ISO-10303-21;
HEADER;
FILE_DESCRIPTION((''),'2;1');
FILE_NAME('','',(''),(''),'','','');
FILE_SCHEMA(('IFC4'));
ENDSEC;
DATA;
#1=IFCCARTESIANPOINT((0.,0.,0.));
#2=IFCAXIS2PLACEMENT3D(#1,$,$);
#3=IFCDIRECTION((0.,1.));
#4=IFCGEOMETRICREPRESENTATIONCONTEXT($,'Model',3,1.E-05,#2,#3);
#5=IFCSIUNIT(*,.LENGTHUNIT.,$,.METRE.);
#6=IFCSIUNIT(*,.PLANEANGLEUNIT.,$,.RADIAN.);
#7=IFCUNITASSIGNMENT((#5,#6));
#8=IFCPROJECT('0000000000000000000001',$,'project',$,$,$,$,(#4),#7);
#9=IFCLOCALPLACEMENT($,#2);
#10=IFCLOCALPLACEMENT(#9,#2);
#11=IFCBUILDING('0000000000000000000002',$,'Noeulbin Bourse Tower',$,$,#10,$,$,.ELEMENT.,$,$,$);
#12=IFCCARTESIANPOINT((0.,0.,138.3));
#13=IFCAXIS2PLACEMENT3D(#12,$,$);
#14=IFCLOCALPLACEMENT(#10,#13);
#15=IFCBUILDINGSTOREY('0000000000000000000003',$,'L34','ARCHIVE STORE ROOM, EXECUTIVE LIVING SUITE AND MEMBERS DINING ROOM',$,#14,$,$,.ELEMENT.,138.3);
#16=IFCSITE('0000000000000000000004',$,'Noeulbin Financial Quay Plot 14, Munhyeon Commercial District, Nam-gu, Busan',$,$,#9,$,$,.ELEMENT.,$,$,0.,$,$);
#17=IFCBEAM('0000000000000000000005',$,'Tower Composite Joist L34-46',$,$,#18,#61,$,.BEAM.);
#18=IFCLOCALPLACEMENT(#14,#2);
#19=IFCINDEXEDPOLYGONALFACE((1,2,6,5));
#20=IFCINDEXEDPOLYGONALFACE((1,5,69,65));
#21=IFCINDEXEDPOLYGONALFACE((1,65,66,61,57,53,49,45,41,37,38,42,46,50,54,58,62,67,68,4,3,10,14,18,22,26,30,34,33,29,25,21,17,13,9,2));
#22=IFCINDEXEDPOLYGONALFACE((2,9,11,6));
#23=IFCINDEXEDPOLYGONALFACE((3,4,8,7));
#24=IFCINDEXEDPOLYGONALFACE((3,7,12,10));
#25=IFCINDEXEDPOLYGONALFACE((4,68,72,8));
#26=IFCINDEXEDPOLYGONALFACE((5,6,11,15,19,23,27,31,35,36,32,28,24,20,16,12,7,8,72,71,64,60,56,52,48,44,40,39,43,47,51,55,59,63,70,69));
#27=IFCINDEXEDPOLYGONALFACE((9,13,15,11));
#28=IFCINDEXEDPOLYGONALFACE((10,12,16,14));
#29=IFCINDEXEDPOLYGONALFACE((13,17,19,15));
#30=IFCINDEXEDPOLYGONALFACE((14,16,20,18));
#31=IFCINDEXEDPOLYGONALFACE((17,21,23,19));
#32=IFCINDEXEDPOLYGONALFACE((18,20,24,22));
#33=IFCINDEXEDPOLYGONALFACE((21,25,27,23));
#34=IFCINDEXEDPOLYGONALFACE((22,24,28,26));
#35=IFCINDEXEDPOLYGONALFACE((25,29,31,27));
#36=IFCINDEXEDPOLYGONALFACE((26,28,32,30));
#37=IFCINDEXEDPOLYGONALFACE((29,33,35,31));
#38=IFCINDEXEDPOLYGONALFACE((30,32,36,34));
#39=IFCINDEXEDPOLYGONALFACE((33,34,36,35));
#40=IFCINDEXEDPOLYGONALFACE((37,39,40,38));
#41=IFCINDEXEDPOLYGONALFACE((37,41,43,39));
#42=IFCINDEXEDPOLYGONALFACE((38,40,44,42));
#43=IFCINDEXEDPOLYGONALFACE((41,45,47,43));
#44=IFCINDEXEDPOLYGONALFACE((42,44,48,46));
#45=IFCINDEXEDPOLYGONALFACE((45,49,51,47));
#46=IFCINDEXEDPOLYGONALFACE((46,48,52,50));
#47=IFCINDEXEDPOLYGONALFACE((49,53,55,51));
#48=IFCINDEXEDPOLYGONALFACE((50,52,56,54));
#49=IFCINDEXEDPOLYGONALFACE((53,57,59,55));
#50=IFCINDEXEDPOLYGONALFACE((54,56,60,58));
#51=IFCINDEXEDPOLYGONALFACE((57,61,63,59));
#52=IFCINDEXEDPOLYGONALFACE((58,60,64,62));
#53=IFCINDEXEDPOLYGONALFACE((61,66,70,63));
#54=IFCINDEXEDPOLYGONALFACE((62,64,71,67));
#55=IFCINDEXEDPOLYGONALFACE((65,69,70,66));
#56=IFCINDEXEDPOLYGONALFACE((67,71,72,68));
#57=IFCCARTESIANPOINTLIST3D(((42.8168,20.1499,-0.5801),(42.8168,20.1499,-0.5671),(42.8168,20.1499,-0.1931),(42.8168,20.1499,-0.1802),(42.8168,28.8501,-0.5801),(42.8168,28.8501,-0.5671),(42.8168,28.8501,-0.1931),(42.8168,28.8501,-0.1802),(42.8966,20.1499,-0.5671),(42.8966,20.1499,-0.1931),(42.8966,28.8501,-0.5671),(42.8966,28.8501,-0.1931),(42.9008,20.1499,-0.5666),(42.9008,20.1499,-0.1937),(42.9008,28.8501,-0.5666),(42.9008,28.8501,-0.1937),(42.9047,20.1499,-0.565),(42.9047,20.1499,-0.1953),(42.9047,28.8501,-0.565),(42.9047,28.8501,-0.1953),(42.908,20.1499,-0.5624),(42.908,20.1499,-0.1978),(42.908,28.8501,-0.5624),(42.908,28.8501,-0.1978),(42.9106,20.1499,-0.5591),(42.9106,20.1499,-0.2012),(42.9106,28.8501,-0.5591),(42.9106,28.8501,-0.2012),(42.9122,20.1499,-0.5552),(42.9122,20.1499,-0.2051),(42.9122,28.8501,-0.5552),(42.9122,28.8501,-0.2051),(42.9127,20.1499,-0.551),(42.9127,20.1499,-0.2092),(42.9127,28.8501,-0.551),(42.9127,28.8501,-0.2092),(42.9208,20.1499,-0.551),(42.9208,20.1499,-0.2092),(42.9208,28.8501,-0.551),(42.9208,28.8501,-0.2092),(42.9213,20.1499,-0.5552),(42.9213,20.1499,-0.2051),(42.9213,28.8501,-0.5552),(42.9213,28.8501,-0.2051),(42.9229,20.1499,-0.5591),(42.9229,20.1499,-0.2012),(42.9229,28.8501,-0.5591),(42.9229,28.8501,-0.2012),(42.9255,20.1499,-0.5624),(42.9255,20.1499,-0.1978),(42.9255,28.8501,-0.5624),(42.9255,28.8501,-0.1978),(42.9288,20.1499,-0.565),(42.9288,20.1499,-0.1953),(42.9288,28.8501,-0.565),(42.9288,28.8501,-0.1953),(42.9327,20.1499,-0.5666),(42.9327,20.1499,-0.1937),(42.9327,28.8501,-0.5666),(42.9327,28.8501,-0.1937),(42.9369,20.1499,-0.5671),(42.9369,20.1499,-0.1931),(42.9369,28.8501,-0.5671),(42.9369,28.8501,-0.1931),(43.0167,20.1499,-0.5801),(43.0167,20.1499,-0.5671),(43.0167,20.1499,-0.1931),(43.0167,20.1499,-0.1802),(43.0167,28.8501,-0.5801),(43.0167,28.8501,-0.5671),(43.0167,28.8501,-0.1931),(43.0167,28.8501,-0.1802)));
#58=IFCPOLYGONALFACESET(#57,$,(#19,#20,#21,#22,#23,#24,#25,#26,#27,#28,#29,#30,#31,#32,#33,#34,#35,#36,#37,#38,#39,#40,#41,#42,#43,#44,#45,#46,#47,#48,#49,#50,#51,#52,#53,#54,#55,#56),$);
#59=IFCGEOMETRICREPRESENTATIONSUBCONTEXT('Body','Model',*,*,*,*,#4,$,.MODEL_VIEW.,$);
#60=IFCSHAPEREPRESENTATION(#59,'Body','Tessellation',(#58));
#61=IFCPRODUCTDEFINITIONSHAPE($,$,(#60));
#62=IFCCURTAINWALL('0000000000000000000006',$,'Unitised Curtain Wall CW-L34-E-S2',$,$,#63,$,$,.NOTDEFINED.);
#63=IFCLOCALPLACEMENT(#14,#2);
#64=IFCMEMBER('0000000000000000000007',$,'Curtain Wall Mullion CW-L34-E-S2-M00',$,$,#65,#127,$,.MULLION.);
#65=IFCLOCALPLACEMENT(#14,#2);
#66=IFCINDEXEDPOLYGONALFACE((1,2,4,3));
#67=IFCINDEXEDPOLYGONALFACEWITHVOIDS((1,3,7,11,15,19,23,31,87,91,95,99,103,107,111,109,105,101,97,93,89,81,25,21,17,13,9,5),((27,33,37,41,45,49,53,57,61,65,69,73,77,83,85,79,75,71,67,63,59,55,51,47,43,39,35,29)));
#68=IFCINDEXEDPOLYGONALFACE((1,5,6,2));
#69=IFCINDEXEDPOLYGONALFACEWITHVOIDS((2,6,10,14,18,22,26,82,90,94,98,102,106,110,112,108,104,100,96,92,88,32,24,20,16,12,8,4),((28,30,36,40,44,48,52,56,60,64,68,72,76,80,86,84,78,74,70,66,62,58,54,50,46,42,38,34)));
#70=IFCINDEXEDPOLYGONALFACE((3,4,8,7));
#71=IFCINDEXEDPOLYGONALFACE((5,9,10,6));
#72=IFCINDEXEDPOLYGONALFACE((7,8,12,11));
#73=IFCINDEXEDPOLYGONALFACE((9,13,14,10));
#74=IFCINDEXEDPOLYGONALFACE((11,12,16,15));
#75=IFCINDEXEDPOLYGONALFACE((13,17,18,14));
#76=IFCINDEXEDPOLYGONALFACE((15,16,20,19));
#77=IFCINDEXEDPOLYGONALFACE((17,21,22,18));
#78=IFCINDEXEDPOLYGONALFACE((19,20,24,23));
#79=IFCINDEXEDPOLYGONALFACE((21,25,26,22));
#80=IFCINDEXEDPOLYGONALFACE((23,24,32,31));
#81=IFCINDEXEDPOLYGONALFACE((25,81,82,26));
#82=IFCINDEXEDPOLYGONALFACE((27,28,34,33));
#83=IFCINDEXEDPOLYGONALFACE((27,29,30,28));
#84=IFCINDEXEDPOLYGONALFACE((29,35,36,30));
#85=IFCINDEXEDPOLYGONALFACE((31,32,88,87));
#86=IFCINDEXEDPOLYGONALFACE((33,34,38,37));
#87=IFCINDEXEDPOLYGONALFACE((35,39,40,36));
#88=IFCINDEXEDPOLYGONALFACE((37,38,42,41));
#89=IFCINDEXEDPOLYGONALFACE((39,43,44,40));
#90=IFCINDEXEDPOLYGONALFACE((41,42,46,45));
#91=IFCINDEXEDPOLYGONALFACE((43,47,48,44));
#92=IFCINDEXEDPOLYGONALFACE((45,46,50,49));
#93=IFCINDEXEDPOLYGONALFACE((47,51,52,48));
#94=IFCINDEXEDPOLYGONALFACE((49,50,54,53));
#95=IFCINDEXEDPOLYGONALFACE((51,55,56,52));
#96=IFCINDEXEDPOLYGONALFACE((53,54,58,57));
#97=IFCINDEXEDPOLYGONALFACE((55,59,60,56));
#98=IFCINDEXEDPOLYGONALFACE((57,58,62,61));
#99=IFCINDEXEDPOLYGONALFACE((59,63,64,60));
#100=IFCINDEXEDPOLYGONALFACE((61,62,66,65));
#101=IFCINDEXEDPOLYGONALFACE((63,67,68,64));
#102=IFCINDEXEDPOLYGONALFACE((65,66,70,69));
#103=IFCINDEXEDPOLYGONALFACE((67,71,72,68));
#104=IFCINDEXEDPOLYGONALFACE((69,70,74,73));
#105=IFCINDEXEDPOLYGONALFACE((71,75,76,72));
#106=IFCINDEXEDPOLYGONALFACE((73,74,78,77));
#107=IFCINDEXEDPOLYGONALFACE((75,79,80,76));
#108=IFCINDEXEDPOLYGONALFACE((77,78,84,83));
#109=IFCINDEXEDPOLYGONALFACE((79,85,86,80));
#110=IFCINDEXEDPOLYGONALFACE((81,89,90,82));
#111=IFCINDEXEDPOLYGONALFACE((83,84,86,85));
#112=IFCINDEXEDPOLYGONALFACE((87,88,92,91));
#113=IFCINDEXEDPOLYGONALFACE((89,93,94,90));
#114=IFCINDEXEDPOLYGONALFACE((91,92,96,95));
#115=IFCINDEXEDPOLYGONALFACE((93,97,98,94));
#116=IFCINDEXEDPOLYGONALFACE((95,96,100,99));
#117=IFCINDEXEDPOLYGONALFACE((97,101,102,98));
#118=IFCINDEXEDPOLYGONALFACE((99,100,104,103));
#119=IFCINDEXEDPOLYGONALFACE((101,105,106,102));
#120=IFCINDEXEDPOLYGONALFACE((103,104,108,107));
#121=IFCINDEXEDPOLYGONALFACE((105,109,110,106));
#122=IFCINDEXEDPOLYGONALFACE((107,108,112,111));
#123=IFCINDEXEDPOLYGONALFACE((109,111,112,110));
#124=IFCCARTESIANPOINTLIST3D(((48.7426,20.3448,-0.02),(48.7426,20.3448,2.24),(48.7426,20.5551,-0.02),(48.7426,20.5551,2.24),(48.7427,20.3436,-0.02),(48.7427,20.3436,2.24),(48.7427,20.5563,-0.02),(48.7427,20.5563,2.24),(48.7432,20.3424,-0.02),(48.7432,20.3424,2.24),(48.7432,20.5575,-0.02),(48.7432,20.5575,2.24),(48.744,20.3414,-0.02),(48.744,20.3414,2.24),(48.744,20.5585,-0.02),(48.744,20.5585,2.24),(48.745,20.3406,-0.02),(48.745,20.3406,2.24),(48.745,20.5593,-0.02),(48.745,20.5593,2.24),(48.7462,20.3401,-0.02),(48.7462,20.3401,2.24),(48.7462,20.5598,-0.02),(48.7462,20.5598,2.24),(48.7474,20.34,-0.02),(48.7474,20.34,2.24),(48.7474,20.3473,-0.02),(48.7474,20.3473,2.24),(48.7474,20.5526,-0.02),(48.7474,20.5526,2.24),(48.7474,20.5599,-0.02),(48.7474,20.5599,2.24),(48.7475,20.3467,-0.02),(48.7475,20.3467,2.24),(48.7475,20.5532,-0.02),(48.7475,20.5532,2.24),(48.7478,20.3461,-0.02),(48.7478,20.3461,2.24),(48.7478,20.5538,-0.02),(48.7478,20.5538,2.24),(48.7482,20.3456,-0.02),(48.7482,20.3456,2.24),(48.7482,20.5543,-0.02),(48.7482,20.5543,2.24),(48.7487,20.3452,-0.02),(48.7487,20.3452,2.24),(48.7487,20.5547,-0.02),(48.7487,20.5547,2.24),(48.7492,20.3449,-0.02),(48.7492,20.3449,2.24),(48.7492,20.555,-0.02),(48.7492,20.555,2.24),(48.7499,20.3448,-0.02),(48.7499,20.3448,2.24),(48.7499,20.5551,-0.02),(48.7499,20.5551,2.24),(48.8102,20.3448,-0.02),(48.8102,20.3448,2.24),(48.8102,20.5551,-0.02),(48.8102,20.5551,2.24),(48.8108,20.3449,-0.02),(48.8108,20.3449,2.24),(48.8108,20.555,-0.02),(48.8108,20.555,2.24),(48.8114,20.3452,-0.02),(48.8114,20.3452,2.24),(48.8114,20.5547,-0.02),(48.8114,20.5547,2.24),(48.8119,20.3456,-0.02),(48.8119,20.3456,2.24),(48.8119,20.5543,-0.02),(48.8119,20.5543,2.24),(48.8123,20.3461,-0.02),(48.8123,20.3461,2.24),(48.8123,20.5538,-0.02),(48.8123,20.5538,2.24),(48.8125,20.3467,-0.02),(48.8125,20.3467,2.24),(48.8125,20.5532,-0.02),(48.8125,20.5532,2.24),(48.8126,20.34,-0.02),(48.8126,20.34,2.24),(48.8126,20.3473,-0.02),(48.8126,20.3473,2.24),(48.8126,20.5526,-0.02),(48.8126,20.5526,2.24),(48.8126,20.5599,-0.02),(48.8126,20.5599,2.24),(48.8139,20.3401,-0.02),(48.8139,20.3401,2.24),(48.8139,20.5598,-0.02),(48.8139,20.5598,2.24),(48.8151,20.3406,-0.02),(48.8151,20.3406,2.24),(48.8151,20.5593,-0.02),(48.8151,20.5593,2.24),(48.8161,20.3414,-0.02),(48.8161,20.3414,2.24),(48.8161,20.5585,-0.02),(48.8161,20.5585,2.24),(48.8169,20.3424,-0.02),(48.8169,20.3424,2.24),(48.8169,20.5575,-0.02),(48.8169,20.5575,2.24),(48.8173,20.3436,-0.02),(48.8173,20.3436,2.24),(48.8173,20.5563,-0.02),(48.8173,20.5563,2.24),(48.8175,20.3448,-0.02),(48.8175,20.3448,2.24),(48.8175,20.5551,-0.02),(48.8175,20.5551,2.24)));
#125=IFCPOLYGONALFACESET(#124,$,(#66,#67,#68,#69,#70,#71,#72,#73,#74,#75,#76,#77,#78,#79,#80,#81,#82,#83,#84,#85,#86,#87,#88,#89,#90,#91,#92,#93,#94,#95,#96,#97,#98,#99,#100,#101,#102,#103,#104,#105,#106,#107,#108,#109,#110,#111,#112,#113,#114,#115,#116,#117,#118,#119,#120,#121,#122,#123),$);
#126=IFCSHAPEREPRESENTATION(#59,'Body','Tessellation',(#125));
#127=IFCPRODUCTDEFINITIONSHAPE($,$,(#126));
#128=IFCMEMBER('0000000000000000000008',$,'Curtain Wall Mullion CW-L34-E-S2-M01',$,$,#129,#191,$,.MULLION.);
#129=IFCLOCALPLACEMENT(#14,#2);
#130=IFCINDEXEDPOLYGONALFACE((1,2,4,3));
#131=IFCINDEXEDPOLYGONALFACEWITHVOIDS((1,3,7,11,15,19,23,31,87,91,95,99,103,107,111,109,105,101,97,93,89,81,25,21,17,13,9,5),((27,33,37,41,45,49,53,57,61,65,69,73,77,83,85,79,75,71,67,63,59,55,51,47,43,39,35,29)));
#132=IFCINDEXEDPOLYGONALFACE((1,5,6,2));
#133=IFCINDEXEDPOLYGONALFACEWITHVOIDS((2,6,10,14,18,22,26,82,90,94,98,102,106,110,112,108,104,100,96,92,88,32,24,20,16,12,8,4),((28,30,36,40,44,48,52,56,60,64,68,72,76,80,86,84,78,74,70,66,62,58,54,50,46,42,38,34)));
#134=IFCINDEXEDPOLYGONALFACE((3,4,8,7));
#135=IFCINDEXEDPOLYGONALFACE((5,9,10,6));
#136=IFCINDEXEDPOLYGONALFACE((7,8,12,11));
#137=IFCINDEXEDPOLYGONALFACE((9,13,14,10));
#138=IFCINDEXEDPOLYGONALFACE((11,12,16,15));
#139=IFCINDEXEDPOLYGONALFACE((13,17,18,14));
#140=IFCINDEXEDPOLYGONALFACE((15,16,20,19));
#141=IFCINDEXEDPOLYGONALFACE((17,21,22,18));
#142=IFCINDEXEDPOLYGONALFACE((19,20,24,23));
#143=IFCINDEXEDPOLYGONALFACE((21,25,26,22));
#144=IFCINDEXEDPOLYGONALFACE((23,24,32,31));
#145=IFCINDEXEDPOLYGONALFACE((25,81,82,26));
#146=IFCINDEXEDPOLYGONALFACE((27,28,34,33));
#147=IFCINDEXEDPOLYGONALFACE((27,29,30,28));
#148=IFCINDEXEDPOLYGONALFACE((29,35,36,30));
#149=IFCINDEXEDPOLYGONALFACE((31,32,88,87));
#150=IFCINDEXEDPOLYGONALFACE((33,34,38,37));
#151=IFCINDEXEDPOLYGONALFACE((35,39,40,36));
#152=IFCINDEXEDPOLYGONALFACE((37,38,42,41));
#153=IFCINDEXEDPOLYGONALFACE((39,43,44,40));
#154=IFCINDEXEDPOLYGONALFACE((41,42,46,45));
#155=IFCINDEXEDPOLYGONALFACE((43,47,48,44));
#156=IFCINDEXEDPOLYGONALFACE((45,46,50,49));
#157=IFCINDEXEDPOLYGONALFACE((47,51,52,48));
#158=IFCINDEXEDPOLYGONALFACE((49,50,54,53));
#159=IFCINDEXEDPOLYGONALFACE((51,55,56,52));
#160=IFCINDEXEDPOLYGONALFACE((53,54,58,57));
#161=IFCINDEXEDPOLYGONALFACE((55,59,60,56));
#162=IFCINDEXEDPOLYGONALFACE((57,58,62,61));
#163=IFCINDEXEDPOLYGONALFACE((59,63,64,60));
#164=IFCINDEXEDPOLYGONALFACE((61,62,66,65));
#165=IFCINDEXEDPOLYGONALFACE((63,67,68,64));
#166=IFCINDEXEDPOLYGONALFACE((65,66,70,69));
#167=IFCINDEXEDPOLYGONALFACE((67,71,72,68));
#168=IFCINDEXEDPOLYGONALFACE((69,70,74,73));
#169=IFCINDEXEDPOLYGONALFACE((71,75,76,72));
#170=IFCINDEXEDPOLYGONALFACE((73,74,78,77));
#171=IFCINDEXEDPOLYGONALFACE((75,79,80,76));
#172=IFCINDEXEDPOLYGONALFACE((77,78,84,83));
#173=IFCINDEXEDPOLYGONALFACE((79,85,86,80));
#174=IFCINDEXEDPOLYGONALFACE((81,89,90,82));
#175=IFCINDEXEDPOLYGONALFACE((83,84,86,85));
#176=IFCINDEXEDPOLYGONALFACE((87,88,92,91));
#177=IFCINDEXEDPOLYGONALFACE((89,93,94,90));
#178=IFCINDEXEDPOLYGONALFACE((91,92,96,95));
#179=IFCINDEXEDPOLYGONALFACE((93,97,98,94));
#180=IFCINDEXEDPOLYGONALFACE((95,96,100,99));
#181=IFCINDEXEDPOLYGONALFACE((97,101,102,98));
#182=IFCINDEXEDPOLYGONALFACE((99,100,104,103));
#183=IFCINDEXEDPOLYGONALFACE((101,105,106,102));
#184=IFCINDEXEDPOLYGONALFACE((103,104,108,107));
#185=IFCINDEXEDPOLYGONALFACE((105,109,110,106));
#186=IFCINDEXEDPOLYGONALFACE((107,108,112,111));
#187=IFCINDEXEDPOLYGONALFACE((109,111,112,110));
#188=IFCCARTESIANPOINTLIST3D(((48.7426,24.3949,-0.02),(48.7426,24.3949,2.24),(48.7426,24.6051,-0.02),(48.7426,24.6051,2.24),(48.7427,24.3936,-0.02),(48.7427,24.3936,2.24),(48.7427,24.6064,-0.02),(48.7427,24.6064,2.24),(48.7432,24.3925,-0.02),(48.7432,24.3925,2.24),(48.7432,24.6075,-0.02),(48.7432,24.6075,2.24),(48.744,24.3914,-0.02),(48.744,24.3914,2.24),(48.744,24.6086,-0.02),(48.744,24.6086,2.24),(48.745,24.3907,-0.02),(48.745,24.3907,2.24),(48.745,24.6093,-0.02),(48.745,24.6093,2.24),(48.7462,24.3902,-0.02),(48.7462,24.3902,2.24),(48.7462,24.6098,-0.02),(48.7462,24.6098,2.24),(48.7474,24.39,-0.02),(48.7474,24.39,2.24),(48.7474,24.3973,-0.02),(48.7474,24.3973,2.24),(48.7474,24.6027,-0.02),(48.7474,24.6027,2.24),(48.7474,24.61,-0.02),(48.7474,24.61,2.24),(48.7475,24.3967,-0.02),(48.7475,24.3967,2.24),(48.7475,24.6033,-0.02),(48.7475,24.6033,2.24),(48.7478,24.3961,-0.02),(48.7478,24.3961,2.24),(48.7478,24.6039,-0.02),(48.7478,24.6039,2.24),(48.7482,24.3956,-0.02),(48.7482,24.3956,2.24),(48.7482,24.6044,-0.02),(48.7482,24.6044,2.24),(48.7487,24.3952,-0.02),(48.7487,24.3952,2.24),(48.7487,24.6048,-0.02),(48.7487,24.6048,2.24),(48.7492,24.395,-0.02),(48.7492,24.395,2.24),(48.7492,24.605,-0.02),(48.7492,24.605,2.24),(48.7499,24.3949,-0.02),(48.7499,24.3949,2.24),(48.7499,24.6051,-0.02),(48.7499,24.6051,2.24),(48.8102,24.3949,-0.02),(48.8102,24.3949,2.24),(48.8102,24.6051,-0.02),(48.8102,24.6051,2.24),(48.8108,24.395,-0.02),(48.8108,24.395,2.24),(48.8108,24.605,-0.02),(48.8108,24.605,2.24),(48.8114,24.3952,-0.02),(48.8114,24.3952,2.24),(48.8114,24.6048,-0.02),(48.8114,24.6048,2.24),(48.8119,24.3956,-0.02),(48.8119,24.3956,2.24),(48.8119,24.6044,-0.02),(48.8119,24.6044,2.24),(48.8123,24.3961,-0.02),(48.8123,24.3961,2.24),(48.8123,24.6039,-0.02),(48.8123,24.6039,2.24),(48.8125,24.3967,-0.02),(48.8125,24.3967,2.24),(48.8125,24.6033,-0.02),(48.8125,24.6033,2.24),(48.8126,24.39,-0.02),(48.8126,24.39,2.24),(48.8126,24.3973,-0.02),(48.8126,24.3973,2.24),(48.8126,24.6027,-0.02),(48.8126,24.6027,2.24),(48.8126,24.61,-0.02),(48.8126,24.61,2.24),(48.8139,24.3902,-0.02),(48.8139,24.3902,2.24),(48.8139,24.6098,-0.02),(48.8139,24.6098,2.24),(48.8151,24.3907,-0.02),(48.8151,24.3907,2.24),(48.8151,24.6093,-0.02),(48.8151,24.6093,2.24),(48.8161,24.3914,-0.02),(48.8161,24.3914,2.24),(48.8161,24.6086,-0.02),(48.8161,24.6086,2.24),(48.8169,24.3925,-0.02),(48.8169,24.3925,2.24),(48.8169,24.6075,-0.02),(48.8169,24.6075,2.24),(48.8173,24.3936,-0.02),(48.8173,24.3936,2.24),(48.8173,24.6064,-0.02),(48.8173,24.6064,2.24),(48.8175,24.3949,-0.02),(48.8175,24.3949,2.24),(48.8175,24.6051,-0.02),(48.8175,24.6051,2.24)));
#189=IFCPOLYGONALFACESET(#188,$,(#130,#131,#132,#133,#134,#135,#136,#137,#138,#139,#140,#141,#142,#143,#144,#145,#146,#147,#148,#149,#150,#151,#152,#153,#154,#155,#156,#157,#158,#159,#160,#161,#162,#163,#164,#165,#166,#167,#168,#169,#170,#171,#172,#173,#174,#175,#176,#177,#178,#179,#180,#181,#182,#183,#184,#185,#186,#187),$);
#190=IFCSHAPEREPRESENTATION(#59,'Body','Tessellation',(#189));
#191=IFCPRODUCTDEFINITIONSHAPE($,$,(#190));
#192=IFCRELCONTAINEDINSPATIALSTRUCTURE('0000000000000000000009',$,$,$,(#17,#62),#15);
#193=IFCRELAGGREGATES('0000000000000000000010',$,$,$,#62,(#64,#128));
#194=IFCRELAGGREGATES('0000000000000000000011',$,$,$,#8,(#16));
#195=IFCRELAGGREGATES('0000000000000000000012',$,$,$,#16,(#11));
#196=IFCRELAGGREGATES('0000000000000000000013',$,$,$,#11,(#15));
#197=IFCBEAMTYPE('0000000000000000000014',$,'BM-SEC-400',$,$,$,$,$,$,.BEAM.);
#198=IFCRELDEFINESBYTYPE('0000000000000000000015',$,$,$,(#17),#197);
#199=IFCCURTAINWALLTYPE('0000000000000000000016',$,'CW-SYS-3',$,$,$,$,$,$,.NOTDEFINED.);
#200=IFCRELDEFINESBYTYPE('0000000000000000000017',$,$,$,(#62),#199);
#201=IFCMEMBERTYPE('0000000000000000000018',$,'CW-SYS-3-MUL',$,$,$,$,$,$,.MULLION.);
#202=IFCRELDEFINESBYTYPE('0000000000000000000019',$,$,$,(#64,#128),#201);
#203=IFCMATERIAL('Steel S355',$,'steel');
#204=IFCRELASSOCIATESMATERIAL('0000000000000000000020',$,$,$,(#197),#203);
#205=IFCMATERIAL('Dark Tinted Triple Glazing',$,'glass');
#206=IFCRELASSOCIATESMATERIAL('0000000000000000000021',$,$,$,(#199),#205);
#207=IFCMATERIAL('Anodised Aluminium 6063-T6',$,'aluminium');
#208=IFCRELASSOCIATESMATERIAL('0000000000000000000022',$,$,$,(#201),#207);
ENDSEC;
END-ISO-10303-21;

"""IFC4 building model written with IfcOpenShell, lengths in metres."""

from ifc_helpers import new_model, si_unit, direction, frame, origin, origin_2d, place, context, subcontext, project, spatial, hollow_rectangle, i_section, extrude, material, material_profile, profile_set, type_object, element, aggregate, save


model = new_model("IFC4")

# Units and contexts
model_context = context("Model", 3, precision=1e-05, world=origin(), true_north=direction((0.0, 1.0)))
body_context = subcontext(model_context, "Body", "Model", "MODEL_VIEW")
ifc_project = project(units=[si_unit("LENGTHUNIT", "METRE"), si_unit("PLANEANGLEUNIT", "RADIAN")], contexts=[model_context])

# Site, building, storey
site_placement = place(None, origin())
site = spatial("IfcSite", under=ifc_project, at=site_placement, Name="Noeulbin Financial Quay Plot 14, Munhyeon Commercial District, Nam-gu, Busan", CompositionType="ELEMENT", RefElevation=0.0)
building_placement = place(site_placement, origin())
building = spatial("IfcBuilding", under=site, at=building_placement, Name="Noeulbin Bourse Tower", CompositionType="ELEMENT")
storey_placement = place(building_placement, frame((0.0, 0.0, 138.3)))
storey = spatial("IfcBuildingStorey", under=building, at=storey_placement, Name="L34", Description="ARCHIVE STORE ROOM, EXECUTIVE LIVING SUITE AND MEMBERS DINING ROOM", CompositionType="ELEMENT", Elevation=138.3)

# Shared definitions
ifc_material_1 = material(Name="Steel S355", Category="steel")

# Beam
ifc_material_profile_1 = material_profile(ifc_material_1, i_section(OverallWidth=0.2, OverallDepth=0.3999, WebThickness=0.0081, FlangeThickness=0.0129, FilletRadius=0.0161, at=origin_2d()), Name="H-400x200x8x13", Category="LoadBearing")
ifc_profile_set_1 = profile_set([ifc_material_profile_1], Name="Steel S355")
beam_type_1 = type_object("IfcBeamType", Name="BM-SEC-400", PredefinedType="BEAM", material=ifc_profile_set_1)
beam_1_placement = place(storey_placement, frame((42.9167, 20.1499, -0.3801), z_axis=(0.0, 1.0, 0.0), x_axis=(-1.0, 0.0, 0.0)))
element("IfcBeam", 1, at=beam_1_placement, inside=storey, type_object=beam_type_1, Name="Tower Composite Joist L34-46", PredefinedType="BEAM", context=body_context, shape_type="SweptSolid", body=[
    extrude(i_section(OverallWidth=0.2, OverallDepth=0.3999, WebThickness=0.0081, FlangeThickness=0.0129, FilletRadius=0.0161, at=origin_2d()), origin(), (0.0, 0.0, 1.0), 8.7002),
])

# Curtain wall, members
ifc_material_2 = material(Name="Dark Tinted Triple Glazing", Category="glass")
curtain_wall_type = type_object("IfcCurtainWallType", Name="CW-SYS-3", PredefinedType="NOTDEFINED", material=ifc_material_2)
curtain_wall_1_placement = place(storey_placement, origin())
curtain_wall_1 = element("IfcCurtainWall", 2, at=curtain_wall_1_placement, inside=storey, type_object=curtain_wall_type, Name="Unitised Curtain Wall CW-L34-E-S2", PredefinedType="NOTDEFINED")
ifc_material_3 = material(Name="Anodised Aluminium 6063-T6", Category="aluminium")
ifc_material_profile_2 = material_profile(ifc_material_3, hollow_rectangle(XDim=0.075, YDim=0.22, WallThickness=0.0049, InnerFilletRadius=0.0024, OuterFilletRadius=0.0049, at=origin_2d()), Name="ALU-MULL-75x220x5", Category="LoadBearing")
ifc_profile_set_2 = profile_set([ifc_material_profile_2], Name="Anodised Aluminium 6063-T6")
member_type_1 = type_object("IfcMemberType", Name="CW-SYS-3-MUL", PredefinedType="MULLION", material=ifc_profile_set_2)
member_1_placement = place(storey_placement, frame((48.78, 20.45, -0.02), z_axis=(0.0, 0.0, 1.0), x_axis=(1.0, 0.0, 0.0)))
member_1 = element("IfcMember", 3, at=member_1_placement, type_object=member_type_1, Name="Curtain Wall Mullion CW-L34-E-S2-M00", PredefinedType="MULLION", context=body_context, shape_type="SweptSolid", body=[
    extrude(hollow_rectangle(XDim=0.075, YDim=0.22, WallThickness=0.0049, InnerFilletRadius=0.0024, OuterFilletRadius=0.0049, at=origin_2d()), origin(), (0.0, 0.0, 1.0), 2.26),
])
member_2_placement = place(storey_placement, frame((48.78, 24.5, -0.02), z_axis=(0.0, 0.0, 1.0), x_axis=(1.0, 0.0, 0.0)))
member_2 = element("IfcMember", 4, at=member_2_placement, type_object=member_type_1, Name="Curtain Wall Mullion CW-L34-E-S2-M01", PredefinedType="MULLION", context=body_context, shape_type="SweptSolid", body=[
    extrude(hollow_rectangle(XDim=0.075, YDim=0.22, WallThickness=0.0049, InnerFilletRadius=0.0024, OuterFilletRadius=0.0049, at=origin_2d()), origin(), (0.0, 0.0, 1.0), 2.26),
])

aggregate(curtain_wall_1, [member_1, member_2])

save(model, "model.ifc")
